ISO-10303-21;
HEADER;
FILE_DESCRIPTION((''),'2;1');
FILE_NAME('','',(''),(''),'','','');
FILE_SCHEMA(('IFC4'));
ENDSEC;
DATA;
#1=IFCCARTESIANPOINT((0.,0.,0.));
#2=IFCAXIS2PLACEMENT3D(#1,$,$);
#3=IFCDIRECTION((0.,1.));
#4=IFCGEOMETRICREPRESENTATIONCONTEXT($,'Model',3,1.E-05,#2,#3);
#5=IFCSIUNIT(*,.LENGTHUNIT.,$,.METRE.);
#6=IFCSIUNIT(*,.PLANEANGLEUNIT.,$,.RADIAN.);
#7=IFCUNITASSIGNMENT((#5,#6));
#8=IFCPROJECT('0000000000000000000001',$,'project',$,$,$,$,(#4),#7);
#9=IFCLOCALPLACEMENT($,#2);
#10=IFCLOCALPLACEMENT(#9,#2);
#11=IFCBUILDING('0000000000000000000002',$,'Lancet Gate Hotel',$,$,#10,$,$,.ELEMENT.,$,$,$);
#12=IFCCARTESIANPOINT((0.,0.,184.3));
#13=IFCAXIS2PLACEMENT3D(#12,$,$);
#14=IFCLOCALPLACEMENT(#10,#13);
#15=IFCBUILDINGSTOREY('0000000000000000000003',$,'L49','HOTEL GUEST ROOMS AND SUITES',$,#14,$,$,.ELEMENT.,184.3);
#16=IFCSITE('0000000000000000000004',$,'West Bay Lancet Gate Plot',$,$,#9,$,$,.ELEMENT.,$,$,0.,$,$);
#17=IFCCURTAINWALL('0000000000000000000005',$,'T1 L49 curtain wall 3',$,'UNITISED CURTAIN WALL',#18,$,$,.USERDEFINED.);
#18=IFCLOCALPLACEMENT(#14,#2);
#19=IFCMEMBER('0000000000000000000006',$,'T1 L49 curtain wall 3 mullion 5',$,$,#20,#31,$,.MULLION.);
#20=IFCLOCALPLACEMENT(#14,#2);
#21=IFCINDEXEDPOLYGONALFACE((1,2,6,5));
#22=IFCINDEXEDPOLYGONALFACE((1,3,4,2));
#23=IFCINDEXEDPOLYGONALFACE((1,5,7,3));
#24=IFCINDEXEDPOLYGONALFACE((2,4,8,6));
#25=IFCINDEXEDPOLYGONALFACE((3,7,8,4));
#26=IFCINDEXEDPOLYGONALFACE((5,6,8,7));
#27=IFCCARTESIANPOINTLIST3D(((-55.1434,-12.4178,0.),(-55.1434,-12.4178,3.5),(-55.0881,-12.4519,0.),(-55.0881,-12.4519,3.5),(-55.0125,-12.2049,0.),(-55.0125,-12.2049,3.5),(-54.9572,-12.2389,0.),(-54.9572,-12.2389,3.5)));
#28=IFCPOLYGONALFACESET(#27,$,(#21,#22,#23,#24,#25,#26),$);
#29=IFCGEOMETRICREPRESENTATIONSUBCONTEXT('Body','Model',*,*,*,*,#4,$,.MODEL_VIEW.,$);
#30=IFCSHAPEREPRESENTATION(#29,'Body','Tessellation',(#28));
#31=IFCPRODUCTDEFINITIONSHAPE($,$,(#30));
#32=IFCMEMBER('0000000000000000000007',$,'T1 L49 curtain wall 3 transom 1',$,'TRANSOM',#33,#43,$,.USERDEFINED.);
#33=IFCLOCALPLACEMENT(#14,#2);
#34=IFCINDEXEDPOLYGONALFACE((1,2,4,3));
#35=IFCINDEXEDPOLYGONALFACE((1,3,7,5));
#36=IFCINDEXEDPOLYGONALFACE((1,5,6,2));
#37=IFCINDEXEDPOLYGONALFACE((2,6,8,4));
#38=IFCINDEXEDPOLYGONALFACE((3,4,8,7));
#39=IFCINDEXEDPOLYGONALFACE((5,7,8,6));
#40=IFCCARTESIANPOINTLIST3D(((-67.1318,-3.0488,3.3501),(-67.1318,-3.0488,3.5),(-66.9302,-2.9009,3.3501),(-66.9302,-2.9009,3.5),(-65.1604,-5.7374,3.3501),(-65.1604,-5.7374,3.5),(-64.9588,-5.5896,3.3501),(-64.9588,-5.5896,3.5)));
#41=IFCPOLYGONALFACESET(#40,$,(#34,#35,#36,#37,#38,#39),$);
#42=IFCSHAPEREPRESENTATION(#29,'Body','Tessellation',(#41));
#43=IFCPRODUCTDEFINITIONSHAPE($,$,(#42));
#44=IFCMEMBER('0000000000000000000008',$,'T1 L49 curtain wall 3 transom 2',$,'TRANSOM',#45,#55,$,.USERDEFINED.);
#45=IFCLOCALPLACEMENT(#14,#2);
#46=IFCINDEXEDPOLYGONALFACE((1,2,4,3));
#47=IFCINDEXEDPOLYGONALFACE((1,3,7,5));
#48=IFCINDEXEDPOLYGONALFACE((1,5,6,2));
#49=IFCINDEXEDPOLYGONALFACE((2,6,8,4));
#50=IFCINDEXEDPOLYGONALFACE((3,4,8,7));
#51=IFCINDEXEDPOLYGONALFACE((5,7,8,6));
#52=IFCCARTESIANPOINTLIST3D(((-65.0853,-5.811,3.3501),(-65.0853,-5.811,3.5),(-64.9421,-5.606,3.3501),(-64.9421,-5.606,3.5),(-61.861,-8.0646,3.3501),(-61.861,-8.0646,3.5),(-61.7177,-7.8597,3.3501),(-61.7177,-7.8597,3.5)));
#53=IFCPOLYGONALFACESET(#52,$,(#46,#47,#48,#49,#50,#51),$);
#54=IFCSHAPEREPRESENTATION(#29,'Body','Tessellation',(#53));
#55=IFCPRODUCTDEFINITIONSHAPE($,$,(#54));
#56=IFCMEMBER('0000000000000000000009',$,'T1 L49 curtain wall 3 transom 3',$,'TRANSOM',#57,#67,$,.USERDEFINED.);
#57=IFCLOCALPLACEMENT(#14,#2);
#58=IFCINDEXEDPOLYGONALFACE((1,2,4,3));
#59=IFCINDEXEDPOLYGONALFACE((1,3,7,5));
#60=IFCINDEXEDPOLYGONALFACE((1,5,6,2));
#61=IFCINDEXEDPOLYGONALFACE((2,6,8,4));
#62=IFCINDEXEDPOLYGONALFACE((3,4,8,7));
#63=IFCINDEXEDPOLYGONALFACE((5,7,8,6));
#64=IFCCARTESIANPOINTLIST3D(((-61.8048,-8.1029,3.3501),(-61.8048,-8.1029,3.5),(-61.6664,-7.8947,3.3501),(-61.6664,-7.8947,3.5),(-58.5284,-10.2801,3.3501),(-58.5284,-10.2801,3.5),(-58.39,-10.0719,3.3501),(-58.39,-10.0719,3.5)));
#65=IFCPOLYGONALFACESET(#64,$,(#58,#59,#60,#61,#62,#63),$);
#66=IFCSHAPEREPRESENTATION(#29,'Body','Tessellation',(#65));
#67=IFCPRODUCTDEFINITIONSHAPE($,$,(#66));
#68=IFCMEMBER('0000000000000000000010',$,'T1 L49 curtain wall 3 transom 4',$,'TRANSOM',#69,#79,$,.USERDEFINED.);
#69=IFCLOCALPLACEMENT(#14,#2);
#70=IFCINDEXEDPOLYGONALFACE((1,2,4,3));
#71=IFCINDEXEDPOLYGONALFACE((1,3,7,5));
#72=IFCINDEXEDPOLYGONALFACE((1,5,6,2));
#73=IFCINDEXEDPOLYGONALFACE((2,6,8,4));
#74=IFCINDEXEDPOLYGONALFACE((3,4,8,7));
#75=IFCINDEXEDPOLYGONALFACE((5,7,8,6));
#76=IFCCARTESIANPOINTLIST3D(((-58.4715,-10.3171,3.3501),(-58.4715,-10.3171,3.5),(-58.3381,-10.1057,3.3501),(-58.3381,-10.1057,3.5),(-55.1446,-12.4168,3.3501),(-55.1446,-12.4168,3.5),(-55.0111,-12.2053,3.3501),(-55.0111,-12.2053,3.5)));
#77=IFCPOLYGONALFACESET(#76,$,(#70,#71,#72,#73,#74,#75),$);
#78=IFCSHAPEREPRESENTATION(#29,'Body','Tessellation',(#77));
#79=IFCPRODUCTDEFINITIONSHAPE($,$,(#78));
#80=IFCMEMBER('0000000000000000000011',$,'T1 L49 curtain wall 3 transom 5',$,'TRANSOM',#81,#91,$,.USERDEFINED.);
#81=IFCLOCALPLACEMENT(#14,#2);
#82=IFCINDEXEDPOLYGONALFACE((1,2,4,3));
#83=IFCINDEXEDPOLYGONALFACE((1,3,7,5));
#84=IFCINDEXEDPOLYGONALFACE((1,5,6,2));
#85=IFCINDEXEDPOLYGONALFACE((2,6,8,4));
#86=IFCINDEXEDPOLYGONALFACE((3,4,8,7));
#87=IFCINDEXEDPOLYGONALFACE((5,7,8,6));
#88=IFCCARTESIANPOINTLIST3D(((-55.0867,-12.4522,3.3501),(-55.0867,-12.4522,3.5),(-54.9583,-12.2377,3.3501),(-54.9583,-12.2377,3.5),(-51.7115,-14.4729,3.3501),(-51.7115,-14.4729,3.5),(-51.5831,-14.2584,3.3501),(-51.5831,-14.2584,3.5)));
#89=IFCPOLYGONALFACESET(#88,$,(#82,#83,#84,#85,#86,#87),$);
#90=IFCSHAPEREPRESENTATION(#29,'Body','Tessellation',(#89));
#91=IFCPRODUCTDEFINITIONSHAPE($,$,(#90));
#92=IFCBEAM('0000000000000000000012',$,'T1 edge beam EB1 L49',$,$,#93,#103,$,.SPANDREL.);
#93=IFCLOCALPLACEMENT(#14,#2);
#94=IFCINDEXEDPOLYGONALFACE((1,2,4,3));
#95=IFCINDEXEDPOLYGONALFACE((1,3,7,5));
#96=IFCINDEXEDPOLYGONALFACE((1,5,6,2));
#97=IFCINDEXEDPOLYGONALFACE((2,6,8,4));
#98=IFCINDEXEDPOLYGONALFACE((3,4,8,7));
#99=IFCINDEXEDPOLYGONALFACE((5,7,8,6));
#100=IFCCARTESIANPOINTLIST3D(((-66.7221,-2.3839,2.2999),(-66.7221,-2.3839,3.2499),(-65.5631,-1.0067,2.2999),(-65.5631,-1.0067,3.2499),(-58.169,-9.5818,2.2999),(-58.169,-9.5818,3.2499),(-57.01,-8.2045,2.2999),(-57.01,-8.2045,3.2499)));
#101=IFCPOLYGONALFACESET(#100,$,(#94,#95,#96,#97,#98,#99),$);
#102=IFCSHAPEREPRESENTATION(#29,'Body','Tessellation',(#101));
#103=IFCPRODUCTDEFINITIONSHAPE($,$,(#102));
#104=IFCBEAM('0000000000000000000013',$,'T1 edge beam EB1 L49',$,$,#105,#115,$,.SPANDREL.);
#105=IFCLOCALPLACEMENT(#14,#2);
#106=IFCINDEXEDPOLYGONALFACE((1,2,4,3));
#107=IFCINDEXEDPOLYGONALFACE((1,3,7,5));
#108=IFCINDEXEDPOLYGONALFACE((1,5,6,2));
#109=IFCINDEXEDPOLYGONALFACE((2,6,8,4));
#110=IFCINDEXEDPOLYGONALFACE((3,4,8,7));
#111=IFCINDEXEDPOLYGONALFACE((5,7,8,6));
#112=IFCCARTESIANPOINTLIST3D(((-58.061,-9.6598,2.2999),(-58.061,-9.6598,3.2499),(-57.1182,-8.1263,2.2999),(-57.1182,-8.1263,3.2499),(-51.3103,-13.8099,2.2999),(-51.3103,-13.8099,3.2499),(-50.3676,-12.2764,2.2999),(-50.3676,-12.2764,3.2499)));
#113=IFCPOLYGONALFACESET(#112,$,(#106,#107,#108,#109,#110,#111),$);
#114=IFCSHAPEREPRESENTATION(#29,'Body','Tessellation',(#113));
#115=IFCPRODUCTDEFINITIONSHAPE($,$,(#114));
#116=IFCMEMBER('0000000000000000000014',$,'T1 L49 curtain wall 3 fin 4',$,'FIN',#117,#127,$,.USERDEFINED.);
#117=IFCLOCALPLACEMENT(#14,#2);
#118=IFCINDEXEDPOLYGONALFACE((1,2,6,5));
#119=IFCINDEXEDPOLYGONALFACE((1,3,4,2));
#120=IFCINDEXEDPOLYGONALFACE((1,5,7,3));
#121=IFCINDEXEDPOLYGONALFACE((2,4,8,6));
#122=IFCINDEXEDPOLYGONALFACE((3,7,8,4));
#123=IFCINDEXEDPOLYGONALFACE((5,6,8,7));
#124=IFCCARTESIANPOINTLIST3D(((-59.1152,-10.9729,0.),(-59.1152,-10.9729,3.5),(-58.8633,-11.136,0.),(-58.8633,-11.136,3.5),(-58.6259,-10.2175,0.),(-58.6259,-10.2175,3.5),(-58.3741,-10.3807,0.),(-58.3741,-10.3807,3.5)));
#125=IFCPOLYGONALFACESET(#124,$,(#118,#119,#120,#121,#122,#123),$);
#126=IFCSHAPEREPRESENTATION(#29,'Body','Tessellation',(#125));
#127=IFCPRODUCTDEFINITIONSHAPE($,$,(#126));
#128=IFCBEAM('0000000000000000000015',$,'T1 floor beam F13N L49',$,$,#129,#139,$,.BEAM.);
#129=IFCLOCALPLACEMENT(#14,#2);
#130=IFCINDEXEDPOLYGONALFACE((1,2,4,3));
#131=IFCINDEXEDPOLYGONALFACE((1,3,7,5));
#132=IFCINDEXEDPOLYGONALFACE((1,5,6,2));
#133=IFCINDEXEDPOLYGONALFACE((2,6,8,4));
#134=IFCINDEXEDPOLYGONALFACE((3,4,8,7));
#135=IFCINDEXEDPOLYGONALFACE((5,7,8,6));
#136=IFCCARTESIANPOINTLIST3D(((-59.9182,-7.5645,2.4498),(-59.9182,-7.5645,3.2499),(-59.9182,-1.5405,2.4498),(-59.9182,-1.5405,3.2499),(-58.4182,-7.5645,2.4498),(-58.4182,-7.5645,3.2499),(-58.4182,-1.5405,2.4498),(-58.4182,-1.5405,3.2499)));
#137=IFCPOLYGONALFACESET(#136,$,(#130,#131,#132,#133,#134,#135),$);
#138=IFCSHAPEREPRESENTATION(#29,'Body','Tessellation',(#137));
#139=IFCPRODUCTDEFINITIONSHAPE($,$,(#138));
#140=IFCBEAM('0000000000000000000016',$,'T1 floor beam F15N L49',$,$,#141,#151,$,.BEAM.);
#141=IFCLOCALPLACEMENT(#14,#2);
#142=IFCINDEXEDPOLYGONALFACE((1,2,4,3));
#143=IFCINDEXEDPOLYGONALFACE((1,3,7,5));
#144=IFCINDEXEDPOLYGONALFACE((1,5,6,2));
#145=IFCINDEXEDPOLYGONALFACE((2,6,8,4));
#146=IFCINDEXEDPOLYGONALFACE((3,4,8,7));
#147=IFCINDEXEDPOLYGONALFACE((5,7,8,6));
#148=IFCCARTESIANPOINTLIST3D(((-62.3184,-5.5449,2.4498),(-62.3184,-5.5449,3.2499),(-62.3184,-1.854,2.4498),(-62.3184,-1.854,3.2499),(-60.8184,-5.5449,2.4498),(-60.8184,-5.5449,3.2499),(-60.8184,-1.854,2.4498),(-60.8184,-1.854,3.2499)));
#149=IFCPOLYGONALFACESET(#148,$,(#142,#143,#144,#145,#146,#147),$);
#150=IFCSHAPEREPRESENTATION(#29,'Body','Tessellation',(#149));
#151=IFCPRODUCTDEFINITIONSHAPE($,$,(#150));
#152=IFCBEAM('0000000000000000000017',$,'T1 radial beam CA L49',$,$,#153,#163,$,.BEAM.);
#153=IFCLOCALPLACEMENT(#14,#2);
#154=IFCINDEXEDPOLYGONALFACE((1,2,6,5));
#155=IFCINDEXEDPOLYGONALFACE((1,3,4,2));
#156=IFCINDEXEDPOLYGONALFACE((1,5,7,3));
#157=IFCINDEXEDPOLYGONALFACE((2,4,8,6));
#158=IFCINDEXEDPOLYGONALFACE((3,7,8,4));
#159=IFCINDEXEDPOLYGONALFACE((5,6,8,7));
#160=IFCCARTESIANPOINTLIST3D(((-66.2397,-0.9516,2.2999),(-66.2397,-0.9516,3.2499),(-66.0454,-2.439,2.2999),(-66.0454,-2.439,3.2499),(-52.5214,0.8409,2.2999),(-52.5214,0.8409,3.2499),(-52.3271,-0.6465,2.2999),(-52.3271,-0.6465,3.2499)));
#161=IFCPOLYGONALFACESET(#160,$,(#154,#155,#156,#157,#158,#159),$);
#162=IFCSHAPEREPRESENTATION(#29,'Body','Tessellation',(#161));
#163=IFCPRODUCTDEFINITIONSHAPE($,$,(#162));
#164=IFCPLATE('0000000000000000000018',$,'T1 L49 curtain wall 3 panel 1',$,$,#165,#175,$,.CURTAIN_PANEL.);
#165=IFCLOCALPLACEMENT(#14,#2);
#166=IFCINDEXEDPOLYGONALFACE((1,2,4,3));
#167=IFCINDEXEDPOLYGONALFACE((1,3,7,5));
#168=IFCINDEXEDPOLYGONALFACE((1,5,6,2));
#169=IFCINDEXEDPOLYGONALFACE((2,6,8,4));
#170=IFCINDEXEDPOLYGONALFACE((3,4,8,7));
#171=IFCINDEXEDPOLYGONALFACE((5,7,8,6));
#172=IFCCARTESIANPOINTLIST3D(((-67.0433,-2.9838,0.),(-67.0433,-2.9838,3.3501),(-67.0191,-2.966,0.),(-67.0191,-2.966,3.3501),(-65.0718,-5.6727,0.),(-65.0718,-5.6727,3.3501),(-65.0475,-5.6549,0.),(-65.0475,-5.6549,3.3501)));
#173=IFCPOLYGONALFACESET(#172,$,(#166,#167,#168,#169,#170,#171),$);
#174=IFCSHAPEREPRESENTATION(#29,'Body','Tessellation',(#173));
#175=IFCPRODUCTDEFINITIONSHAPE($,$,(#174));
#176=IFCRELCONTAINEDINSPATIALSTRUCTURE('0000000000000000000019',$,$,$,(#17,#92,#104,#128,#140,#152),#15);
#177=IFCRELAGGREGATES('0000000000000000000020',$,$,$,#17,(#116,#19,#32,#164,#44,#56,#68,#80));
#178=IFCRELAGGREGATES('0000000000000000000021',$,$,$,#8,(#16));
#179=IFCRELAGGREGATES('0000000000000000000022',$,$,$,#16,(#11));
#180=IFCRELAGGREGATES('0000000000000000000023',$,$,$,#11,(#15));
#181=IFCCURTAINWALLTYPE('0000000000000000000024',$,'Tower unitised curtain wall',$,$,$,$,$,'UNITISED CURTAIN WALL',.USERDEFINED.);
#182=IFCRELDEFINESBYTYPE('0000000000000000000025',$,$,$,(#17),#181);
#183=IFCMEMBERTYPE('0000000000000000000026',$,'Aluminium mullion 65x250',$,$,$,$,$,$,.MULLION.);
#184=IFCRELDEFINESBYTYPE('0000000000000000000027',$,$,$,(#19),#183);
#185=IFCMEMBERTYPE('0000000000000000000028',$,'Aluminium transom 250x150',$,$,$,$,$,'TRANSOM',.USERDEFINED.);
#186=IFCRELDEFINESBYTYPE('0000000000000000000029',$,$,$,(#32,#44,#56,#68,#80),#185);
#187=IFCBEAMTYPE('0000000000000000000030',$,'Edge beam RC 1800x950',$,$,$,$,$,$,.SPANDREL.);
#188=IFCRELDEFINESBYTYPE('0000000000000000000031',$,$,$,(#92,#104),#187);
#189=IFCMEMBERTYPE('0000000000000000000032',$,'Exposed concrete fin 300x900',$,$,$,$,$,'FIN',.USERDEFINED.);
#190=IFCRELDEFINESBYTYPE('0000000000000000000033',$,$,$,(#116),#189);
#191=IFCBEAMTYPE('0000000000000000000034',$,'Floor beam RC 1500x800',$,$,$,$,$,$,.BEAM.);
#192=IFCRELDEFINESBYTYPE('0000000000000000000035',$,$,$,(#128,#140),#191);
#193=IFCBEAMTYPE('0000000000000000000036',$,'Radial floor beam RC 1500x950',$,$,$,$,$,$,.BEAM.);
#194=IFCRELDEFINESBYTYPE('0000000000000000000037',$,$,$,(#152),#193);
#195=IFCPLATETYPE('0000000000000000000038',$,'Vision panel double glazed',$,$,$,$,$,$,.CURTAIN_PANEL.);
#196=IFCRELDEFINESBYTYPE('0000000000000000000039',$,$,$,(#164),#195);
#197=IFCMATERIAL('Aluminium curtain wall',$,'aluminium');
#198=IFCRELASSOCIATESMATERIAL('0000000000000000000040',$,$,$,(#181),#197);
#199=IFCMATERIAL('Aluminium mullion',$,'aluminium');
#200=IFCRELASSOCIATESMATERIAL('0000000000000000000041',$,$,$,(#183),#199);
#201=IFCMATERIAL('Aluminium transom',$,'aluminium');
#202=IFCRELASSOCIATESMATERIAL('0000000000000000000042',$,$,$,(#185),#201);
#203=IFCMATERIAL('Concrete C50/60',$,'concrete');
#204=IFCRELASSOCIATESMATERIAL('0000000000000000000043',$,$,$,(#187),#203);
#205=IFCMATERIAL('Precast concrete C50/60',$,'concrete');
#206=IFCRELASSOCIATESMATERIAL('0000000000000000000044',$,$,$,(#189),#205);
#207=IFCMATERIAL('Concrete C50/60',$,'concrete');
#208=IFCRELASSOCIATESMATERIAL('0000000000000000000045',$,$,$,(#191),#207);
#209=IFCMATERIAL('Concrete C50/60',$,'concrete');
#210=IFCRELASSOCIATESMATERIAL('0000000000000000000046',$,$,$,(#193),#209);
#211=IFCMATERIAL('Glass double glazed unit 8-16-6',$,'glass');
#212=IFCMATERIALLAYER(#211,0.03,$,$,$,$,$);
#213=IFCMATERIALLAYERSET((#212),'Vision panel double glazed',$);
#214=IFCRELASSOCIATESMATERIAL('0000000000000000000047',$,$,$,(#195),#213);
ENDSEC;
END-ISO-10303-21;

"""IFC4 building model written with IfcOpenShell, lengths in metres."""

from ifc_helpers import new_model, si_unit, direction, frame, origin, origin_2d, place, context, subcontext, project, spatial, rectangle, extrude, material, layer, layer_set, material_profile, profile_set, type_object, element, aggregate, save


model = new_model("IFC4")

# Units and contexts
model_context = context("Model", 3, precision=1e-05, world=origin(), true_north=direction((0.0, 1.0)))
body_context = subcontext(model_context, "Body", "Model", "MODEL_VIEW")
ifc_project = project(units=[si_unit("LENGTHUNIT", "METRE"), si_unit("PLANEANGLEUNIT", "RADIAN")], contexts=[model_context])

# Site, building, storey
site_placement = place(None, origin())
site = spatial("IfcSite", under=ifc_project, at=site_placement, Name="West Bay Lancet Gate Plot", CompositionType="ELEMENT", RefElevation=0.0)
building_placement = place(site_placement, origin())
building = spatial("IfcBuilding", under=site, at=building_placement, Name="Lancet Gate Hotel", CompositionType="ELEMENT")
storey_placement = place(building_placement, frame((0.0, 0.0, 184.3)))
storey = spatial("IfcBuildingStorey", under=building, at=storey_placement, Name="L49", Description="HOTEL GUEST ROOMS AND SUITES", CompositionType="ELEMENT", Elevation=184.3)

# Curtain wall, members
ifc_material_1 = material(Name="Aluminium curtain wall", Category="aluminium")
curtain_wall_type = type_object("IfcCurtainWallType", Name="Tower unitised curtain wall", ElementType="UNITISED CURTAIN WALL", PredefinedType="USERDEFINED", material=ifc_material_1)
curtain_wall_placement = place(storey_placement, origin())
curtain_wall = element("IfcCurtainWall", 1, at=curtain_wall_placement, inside=storey, type_object=curtain_wall_type, Name="T1 L49 curtain wall 3", ObjectType="UNITISED CURTAIN WALL", PredefinedType="USERDEFINED")
ifc_material_2 = material(Name="Aluminium mullion", Category="aluminium")
ifc_material_profile_1 = material_profile(ifc_material_2, rectangle(XDim=0.0649, YDim=0.25, at=origin_2d()), Name="MULLION 65x250")
ifc_profile_set_1 = profile_set([ifc_material_profile_1], Name="Aluminium mullion")
member_type_1 = type_object("IfcMemberType", Name="Aluminium mullion 65x250", PredefinedType="MULLION", material=ifc_profile_set_1)
member_1_placement = place(storey_placement, frame((-55.0503, -12.3284, 0.0), z_axis=(0.0, 0.0, 1.0), x_axis=(0.851886, -0.523728, 0.0)))
member_1 = element("IfcMember", 2, at=member_1_placement, type_object=member_type_1, Name="T1 L49 curtain wall 3 mullion 5", PredefinedType="MULLION", context=body_context, shape_type="SweptSolid", body=[
    extrude(rectangle(XDim=0.0649, YDim=0.25, at=origin_2d()), origin(), (0.0, 0.0, 1.0), 3.5),
])
ifc_material_3 = material(Name="Aluminium transom", Category="aluminium")
ifc_material_profile_2 = material_profile(ifc_material_3, rectangle(XDim=0.25, YDim=0.1499, at=origin_2d()), Name="TRANSOM 250x150")
ifc_profile_set_2 = profile_set([ifc_material_profile_2], Name="Aluminium transom")
member_type_2 = type_object("IfcMemberType", Name="Aluminium transom 250x150", ElementType="TRANSOM", PredefinedType="USERDEFINED", material=ifc_profile_set_2)
member_2_placement = place(storey_placement, frame((-67.031, -2.9749, 3.425), z_axis=(0.591307, -0.806447, 0.0), x_axis=(0.806447, 0.591307, 0.0)))
member_2 = element("IfcMember", 3, at=member_2_placement, type_object=member_type_2, Name="T1 L49 curtain wall 3 transom 1", ObjectType="TRANSOM", PredefinedType="USERDEFINED", context=body_context, shape_type="SweptSolid", body=[
    extrude(rectangle(XDim=0.25, YDim=0.1499, at=origin_2d()), origin(), (0.0, 0.0, 1.0), 3.334),
])
member_3_placement = place(storey_placement, frame((-65.0137, -5.7085, 3.425), z_axis=(0.819637, -0.572883, 0.0), x_axis=(0.572883, 0.819637, 0.0)))
member_3 = element("IfcMember", 4, at=member_3_placement, type_object=member_type_2, Name="T1 L49 curtain wall 3 transom 2", ObjectType="TRANSOM", PredefinedType="USERDEFINED", context=body_context, shape_type="SweptSolid", body=[
    extrude(rectangle(XDim=0.25, YDim=0.1499, at=origin_2d()), origin(), (0.0, 0.0, 1.0), 3.9338),
])
member_4_placement = place(storey_placement, frame((-61.7356, -7.9988, 3.425), z_axis=(0.832871, -0.553468, 0.0), x_axis=(0.553468, 0.832871, 0.0)))
member_4 = element("IfcMember", 5, at=member_4_placement, type_object=member_type_2, Name="T1 L49 curtain wall 3 transom 3", ObjectType="TRANSOM", PredefinedType="USERDEFINED", context=body_context, shape_type="SweptSolid", body=[
    extrude(rectangle(XDim=0.25, YDim=0.1499, at=origin_2d()), origin(), (0.0, 0.0, 1.0), 3.9338),
])
member_5_placement = place(storey_placement, frame((-58.4048, -10.2114, 3.425), z_axis=(0.845672, -0.533703, 0.0), x_axis=(0.533703, 0.845672, 0.0)))
member_5 = element("IfcMember", 6, at=member_5_placement, type_object=member_type_2, Name="T1 L49 curtain wall 3 transom 4", ObjectType="TRANSOM", PredefinedType="USERDEFINED", context=body_context, shape_type="SweptSolid", body=[
    extrude(rectangle(XDim=0.25, YDim=0.1499, at=origin_2d()), origin(), (0.0, 0.0, 1.0), 3.9341),
])
member_6_placement = place(storey_placement, frame((-55.0225, -12.345, 3.425), z_axis=(0.857985, -0.513674, 0.0), x_axis=(0.513674, 0.857985, 0.0)))
member_6 = element("IfcMember", 7, at=member_6_placement, type_object=member_type_2, Name="T1 L49 curtain wall 3 transom 5", ObjectType="TRANSOM", PredefinedType="USERDEFINED", context=body_context, shape_type="SweptSolid", body=[
    extrude(rectangle(XDim=0.25, YDim=0.1499, at=origin_2d()), origin(), (0.0, 0.0, 1.0), 3.9338),
])

# Beams
ifc_material_4 = material(Name="Concrete C50/60", Category="concrete")
ifc_material_profile_3 = material_profile(ifc_material_4, rectangle(XDim=1.8, YDim=0.95, at=origin_2d()), Name="RC 1800x950")
ifc_profile_set_3 = profile_set([ifc_material_profile_3], Name="Concrete C50/60")
beam_type_1 = type_object("IfcBeamType", Name="Edge beam RC 1800x950", PredefinedType="SPANDREL", material=ifc_profile_set_3)
beam_1_placement = place(storey_placement, frame((-66.1426, -1.6953, 2.7749), z_axis=(0.765121, -0.643887, 0.0), x_axis=(0.643887, 0.765121, 0.0)))
element("IfcBeam", 8, at=beam_1_placement, inside=storey, type_object=beam_type_1, Name="T1 edge beam EB1 L49", PredefinedType="SPANDREL", context=body_context, shape_type="SweptSolid", body=[
    extrude(rectangle(XDim=1.8, YDim=0.95, at=origin_2d()), origin(), (0.0, 0.0, 1.0), 11.1787),
])
beam_2_placement = place(storey_placement, frame((-57.5896, -8.8931, 2.7749), z_axis=(0.851892, -0.523717, 0.0), x_axis=(0.523717, 0.851892, 0.0)))
element("IfcBeam", 9, at=beam_2_placement, inside=storey, type_object=beam_type_1, Name="T1 edge beam EB1 L49", PredefinedType="SPANDREL", context=body_context, shape_type="SweptSolid", body=[
    extrude(rectangle(XDim=1.8, YDim=0.95, at=origin_2d()), origin(), (0.0, 0.0, 1.0), 7.9243),
])

# Member
ifc_material_5 = material(Name="Precast concrete C50/60", Category="concrete")
ifc_material_profile_4 = material_profile(ifc_material_5, rectangle(XDim=0.3, YDim=0.8999, at=origin_2d()), Name="FIN 300x900")
ifc_profile_set_4 = profile_set([ifc_material_profile_4], Name="Precast concrete C50/60")
member_type_3 = type_object("IfcMemberType", Name="Exposed concrete fin 300x900", ElementType="FIN", PredefinedType="USERDEFINED", material=ifc_profile_set_4)
member_7_placement = place(storey_placement, frame((-58.7446, -10.6768, 0.0), z_axis=(0.0, 0.0, 1.0), x_axis=(0.839331, -0.543621, 0.0)))
member_7 = element("IfcMember", 10, at=member_7_placement, type_object=member_type_3, Name="T1 L49 curtain wall 3 fin 4", ObjectType="FIN", PredefinedType="USERDEFINED", context=body_context, shape_type="SweptSolid", body=[
    extrude(rectangle(XDim=0.3, YDim=0.8999, at=origin_2d()), origin(), (0.0, 0.0, 1.0), 3.5),
])

# Beams
ifc_material_6 = material(Name="Concrete C50/60", Category="concrete")
ifc_material_profile_5 = material_profile(ifc_material_6, rectangle(XDim=1.5, YDim=0.8, at=origin_2d()), Name="RC 1500x800")
ifc_profile_set_5 = profile_set([ifc_material_profile_5], Name="Concrete C50/60")
beam_type_2 = type_object("IfcBeamType", Name="Floor beam RC 1500x800", PredefinedType="BEAM", material=ifc_profile_set_5)
beam_3_placement = place(storey_placement, frame((-59.1682, -1.5405, 2.8499), z_axis=(0.0, -1.0, 0.0), x_axis=(1.0, 0.0, 0.0)))
element("IfcBeam", 11, at=beam_3_placement, inside=storey, type_object=beam_type_2, Name="T1 floor beam F13N L49", PredefinedType="BEAM", context=body_context, shape_type="SweptSolid", body=[
    extrude(rectangle(XDim=1.5, YDim=0.8, at=origin_2d()), origin(), (0.0, 0.0, 1.0), 6.0239),
])
beam_4_placement = place(storey_placement, frame((-61.5684, -1.854, 2.8499), z_axis=(0.0, -1.0, 0.0), x_axis=(1.0, 0.0, 0.0)))
element("IfcBeam", 12, at=beam_4_placement, inside=storey, type_object=beam_type_2, Name="T1 floor beam F15N L49", PredefinedType="BEAM", context=body_context, shape_type="SweptSolid", body=[
    extrude(rectangle(XDim=1.5, YDim=0.8, at=origin_2d()), origin(), (0.0, 0.0, 1.0), 3.6909),
])
ifc_material_7 = material(Name="Concrete C50/60", Category="concrete")
ifc_material_profile_6 = material_profile(ifc_material_7, rectangle(XDim=1.5, YDim=0.95, at=origin_2d()), Name="RC 1500x950")
ifc_profile_set_6 = profile_set([ifc_material_profile_6], Name="Concrete C50/60")
beam_type_3 = type_object("IfcBeamType", Name="Radial floor beam RC 1500x950", PredefinedType="BEAM", material=ifc_profile_set_6)
beam_5_placement = place(storey_placement, frame((-66.1426, -1.6953, 2.7749), z_axis=(0.991571, 0.129562, 0.0), x_axis=(-0.129562, 0.991571, 0.0)))
element("IfcBeam", 13, at=beam_5_placement, inside=storey, type_object=beam_type_3, Name="T1 radial beam CA L49", PredefinedType="BEAM", context=body_context, shape_type="SweptSolid", body=[
    extrude(rectangle(XDim=1.5, YDim=0.95, at=origin_2d()), origin(), (0.0, 0.0, 1.0), 13.835),
])

# Plate
ifc_material_8 = material(Name="Glass double glazed unit 8-16-6", Category="glass")
ifc_layer_1 = layer(ifc_material_8, 0.03)
ifc_layer_set_1 = layer_set([ifc_layer_1], Name="Vision panel double glazed")
plate_type = type_object("IfcPlateType", Name="Vision panel double glazed", PredefinedType="CURTAIN_PANEL", material=ifc_layer_set_1)
plate_1_placement = place(storey_placement, frame((-66.0454, -4.3193, 0.0), z_axis=(0.0, 0.0, 1.0), x_axis=(0.5913, -0.806452, 0.0)))
plate_1 = element("IfcPlate", 14, at=plate_1_placement, type_object=plate_type, Name="T1 L49 curtain wall 3 panel 1", PredefinedType="CURTAIN_PANEL", context=body_context, shape_type="SweptSolid", body=[
    extrude(rectangle(XDim=3.3342, YDim=0.03, at=origin_2d()), origin(), (0.0, 0.0, 1.0), 3.3501),
])
aggregate(curtain_wall, [member_7, member_1, member_2, plate_1, member_3, member_4, member_5, member_6])

save(model, "model.ifc")
